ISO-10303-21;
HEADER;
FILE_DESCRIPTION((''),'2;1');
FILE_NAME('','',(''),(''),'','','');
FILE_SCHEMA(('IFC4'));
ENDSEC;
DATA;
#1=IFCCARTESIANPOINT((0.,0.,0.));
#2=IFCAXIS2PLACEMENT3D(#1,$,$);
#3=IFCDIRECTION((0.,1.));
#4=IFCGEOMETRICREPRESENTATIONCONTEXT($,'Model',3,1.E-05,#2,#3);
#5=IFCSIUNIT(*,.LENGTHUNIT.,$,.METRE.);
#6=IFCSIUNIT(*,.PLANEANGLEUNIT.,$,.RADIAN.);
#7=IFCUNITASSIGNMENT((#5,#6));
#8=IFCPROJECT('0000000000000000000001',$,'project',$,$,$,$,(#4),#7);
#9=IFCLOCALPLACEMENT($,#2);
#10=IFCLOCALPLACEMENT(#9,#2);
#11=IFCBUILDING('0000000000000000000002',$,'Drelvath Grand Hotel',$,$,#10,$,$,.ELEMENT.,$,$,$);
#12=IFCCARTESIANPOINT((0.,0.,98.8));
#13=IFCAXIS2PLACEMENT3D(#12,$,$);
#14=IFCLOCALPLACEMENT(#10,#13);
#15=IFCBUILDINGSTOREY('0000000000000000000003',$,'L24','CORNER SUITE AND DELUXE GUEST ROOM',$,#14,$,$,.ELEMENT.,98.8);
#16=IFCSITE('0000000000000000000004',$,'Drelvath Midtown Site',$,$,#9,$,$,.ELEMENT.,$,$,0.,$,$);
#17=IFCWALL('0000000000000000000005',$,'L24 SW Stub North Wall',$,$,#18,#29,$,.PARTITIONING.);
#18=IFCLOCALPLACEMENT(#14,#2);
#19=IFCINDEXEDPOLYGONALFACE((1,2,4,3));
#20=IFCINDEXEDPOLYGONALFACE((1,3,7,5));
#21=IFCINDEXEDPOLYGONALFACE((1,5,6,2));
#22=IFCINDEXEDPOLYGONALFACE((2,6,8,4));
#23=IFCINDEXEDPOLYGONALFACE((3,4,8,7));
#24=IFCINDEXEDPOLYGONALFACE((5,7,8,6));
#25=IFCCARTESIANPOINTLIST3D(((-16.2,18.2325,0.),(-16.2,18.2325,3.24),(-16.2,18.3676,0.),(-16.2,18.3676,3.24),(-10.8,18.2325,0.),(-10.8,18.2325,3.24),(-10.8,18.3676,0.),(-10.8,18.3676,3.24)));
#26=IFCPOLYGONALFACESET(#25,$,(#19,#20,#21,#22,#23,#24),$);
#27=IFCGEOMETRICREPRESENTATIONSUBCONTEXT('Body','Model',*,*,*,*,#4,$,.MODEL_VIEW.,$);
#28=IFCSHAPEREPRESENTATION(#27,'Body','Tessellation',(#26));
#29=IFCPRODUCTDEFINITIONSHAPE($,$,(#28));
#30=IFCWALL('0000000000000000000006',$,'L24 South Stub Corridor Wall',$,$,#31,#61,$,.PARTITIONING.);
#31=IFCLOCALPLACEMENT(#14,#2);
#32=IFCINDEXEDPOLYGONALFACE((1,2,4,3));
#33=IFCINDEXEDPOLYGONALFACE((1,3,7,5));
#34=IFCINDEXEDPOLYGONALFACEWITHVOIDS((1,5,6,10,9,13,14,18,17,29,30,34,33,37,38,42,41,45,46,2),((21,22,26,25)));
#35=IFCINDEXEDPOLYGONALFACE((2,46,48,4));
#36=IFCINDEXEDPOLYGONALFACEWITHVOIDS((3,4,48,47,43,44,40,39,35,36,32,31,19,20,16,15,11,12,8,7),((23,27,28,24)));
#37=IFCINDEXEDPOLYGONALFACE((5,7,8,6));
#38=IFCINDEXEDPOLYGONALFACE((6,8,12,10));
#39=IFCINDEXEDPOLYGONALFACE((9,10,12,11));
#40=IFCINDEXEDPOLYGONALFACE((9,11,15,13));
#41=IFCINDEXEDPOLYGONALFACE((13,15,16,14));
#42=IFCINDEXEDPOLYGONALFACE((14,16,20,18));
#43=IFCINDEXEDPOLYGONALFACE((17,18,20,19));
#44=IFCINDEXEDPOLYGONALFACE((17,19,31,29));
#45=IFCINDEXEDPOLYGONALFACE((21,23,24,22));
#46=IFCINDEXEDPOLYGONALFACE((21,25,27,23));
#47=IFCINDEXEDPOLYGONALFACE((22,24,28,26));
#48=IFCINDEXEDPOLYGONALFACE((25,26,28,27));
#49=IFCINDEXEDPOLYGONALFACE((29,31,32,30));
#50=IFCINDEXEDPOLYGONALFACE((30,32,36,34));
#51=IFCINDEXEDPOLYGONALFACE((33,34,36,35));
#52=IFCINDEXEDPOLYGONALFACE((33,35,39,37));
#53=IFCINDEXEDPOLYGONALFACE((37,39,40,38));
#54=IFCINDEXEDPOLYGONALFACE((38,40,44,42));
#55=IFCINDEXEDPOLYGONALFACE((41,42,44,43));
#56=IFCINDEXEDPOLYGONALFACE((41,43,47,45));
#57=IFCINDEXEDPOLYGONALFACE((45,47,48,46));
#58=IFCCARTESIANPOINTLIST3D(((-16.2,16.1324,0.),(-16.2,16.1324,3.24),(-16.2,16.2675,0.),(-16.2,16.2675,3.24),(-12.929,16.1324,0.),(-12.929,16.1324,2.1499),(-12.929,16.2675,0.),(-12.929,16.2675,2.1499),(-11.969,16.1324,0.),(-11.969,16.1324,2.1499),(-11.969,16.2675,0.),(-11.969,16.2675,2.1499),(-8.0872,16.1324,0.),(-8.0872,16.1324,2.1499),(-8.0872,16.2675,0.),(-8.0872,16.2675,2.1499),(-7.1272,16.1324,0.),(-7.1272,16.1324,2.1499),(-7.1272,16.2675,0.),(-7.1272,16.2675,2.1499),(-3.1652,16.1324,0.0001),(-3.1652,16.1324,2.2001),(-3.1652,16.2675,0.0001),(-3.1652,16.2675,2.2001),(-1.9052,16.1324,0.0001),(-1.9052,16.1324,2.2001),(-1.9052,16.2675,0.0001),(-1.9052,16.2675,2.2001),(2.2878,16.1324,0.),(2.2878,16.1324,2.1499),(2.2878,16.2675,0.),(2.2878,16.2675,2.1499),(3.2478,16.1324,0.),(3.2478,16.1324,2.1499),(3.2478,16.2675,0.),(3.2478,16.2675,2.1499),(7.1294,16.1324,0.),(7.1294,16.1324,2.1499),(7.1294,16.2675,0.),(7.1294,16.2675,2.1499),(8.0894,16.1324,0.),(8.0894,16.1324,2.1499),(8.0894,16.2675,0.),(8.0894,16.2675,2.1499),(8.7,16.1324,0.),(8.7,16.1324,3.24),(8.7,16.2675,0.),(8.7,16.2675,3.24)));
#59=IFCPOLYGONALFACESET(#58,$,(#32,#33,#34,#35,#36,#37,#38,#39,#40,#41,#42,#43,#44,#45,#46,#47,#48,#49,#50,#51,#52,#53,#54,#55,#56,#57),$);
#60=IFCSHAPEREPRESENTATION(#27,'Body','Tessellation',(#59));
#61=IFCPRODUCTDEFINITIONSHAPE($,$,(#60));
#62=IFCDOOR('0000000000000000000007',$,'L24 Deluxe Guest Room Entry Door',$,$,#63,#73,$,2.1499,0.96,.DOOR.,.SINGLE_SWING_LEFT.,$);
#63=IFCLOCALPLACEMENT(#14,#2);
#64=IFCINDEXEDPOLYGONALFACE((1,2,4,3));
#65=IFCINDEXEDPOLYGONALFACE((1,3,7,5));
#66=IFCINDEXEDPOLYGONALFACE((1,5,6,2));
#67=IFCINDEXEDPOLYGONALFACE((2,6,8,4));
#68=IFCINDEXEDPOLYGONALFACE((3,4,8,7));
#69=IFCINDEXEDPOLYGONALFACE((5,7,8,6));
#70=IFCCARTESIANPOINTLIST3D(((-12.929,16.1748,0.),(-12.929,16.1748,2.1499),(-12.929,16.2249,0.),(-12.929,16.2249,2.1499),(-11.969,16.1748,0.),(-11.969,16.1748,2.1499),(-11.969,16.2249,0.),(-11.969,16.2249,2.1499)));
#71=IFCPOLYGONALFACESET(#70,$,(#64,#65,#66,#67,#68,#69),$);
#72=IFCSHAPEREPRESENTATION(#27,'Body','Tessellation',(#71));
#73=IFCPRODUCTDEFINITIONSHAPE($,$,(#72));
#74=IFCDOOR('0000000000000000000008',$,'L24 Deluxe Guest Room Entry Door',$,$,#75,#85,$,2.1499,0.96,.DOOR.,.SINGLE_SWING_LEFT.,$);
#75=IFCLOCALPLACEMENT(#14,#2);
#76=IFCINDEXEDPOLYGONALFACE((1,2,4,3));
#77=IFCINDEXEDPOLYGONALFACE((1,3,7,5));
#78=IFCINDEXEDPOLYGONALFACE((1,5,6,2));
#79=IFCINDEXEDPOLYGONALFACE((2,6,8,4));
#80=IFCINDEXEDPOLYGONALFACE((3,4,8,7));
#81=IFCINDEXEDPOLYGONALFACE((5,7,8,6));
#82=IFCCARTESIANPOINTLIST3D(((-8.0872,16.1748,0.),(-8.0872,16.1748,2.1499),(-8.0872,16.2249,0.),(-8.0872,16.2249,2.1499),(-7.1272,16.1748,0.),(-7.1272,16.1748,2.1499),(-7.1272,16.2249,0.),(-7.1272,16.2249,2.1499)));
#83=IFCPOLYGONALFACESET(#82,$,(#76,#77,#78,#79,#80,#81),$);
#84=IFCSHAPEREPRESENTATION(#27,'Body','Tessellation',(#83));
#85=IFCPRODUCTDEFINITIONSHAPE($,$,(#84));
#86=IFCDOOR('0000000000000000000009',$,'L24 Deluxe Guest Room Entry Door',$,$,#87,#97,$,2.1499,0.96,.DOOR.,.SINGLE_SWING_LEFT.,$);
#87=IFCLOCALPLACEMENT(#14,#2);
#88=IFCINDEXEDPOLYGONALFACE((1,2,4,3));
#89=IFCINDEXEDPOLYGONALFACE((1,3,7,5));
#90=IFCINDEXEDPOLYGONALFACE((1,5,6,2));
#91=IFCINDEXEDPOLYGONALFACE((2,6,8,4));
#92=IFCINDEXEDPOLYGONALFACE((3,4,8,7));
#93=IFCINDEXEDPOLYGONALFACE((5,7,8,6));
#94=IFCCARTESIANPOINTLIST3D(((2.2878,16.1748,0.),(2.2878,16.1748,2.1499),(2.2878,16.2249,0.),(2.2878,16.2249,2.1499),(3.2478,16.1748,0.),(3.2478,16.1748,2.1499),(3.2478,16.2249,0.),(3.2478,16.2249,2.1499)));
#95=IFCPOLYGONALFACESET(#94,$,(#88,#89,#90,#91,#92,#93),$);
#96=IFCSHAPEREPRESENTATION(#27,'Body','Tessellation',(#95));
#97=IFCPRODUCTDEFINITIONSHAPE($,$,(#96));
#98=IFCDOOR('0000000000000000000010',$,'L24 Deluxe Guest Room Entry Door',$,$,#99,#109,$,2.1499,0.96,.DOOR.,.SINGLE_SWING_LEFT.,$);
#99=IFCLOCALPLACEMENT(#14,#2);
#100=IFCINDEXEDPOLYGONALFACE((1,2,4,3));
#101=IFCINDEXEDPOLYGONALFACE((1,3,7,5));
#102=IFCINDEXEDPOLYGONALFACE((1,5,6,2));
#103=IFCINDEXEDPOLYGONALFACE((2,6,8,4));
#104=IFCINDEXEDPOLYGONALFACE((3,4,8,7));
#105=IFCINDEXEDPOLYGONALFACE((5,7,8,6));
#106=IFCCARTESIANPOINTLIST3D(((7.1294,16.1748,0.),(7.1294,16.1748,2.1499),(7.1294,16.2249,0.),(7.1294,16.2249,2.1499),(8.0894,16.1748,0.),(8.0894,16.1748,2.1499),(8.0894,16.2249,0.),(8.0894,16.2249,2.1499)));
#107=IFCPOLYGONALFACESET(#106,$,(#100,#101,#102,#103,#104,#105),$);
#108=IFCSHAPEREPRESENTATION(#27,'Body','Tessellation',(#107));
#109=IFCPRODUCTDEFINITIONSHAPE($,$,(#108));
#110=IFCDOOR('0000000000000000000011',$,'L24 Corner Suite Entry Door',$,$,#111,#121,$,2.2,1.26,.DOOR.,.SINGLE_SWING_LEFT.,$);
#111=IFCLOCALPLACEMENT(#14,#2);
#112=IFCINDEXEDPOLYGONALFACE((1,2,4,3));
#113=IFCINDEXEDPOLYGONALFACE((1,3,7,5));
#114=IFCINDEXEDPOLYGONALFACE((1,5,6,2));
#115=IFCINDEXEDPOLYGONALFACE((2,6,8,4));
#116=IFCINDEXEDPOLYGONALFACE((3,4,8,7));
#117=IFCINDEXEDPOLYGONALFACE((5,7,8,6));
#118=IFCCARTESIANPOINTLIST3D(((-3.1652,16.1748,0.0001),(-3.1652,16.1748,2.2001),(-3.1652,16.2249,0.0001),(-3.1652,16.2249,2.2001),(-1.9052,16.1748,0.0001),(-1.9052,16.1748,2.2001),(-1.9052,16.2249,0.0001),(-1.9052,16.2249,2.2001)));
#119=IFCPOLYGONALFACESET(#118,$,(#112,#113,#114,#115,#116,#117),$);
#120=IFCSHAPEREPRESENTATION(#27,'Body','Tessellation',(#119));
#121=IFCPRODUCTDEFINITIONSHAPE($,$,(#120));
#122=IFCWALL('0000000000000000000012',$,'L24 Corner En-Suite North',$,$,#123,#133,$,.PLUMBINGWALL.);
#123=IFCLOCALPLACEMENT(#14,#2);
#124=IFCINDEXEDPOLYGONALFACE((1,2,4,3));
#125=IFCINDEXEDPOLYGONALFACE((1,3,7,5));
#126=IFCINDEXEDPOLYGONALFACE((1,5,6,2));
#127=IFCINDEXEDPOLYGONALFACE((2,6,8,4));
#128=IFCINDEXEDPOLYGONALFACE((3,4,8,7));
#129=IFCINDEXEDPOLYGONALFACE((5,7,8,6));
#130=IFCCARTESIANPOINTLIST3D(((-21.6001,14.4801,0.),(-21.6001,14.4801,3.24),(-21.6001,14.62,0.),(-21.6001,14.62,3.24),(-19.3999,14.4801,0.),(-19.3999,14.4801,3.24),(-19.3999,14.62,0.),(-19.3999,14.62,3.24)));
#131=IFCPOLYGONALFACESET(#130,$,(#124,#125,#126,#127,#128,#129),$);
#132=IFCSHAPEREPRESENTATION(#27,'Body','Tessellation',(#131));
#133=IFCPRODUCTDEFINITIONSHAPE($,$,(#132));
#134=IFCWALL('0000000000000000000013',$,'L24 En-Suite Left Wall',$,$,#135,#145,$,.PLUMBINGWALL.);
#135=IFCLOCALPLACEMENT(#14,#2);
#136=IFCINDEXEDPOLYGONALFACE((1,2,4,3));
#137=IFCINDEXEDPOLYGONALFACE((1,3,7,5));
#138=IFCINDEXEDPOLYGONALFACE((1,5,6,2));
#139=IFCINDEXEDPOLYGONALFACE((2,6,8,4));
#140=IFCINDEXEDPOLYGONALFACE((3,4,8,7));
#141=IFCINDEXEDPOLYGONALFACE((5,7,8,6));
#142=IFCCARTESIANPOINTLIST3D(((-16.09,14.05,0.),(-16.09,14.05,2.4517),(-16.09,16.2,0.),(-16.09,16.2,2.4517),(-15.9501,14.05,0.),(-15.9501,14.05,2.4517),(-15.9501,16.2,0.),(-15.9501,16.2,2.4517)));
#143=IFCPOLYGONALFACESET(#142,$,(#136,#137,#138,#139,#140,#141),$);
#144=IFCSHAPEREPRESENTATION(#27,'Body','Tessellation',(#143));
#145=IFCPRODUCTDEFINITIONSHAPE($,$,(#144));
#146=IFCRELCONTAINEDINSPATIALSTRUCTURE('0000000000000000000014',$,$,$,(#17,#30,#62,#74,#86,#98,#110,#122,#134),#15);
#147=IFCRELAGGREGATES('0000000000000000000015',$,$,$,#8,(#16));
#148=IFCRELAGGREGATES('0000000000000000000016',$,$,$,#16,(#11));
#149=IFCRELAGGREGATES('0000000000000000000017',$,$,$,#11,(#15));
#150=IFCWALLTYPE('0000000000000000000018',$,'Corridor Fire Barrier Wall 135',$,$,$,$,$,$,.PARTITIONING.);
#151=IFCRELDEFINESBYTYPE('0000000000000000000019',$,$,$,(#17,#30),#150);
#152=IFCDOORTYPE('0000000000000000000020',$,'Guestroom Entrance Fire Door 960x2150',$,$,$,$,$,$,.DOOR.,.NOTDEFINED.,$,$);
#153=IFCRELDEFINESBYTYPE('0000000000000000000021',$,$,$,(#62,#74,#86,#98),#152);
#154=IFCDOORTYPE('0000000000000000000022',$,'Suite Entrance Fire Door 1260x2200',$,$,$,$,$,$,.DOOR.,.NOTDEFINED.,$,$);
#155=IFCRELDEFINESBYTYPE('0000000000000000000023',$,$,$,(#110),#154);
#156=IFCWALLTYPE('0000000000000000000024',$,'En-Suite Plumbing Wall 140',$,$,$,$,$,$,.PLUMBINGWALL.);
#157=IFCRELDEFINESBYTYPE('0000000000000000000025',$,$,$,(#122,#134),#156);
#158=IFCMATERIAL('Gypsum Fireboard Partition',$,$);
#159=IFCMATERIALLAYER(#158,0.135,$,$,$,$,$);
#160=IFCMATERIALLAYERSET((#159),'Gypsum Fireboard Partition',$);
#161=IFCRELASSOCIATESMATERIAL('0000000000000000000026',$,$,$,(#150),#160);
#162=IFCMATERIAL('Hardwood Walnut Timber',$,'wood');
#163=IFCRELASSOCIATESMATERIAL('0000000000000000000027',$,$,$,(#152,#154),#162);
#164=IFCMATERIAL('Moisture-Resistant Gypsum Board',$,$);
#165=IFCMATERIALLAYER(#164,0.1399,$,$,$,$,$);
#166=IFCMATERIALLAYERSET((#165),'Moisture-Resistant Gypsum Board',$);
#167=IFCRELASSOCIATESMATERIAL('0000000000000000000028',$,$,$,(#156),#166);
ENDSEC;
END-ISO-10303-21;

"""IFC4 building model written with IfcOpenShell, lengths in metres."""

from ifc_helpers import new_model, si_unit, direction, frame, frame_2d, origin, place, context, subcontext, project, spatial, rectangle, extrude, material, layer, layer_set, type_object, element, fill, save


model = new_model("IFC4")

# Units and contexts
model_context = context("Model", 3, precision=1e-05, world=origin(), true_north=direction((0.0, 1.0)))
body_context = subcontext(model_context, "Body", "Model", "MODEL_VIEW")
ifc_project = project(units=[si_unit("LENGTHUNIT", "METRE"), si_unit("PLANEANGLEUNIT", "RADIAN")], contexts=[model_context])

# Site, building, storey
site_placement = place(None, origin())
site = spatial("IfcSite", under=ifc_project, at=site_placement, Name="Drelvath Midtown Site", CompositionType="ELEMENT", RefElevation=0.0)
building_placement = place(site_placement, origin())
building = spatial("IfcBuilding", under=site, at=building_placement, Name="Drelvath Grand Hotel", CompositionType="ELEMENT")
storey_placement = place(building_placement, frame((0.0, 0.0, 98.8)))
storey = spatial("IfcBuildingStorey", under=building, at=storey_placement, Name="L24", Description="CORNER SUITE AND DELUXE GUEST ROOM", CompositionType="ELEMENT", Elevation=98.8)

# Wall
ifc_material_1 = material(Name="Gypsum Fireboard Partition")
ifc_layer_1 = layer(ifc_material_1, 0.135)
ifc_layer_set_1 = layer_set([ifc_layer_1], Name="Gypsum Fireboard Partition")
wall_type_1 = type_object("IfcWallType", Name="Corridor Fire Barrier Wall 135", PredefinedType="PARTITIONING", material=ifc_layer_set_1)
wall_1_placement = place(storey_placement, frame((-16.2, 18.3, 0.0), z_axis=(0.0, 0.0, 1.0), x_axis=(1.0, 0.0, 0.0)))
element("IfcWall", 1, at=wall_1_placement, inside=storey, type_object=wall_type_1, Name="L24 SW Stub North Wall", PredefinedType="PARTITIONING", context=body_context, shape_type="SweptSolid", body=[
    extrude(rectangle(XDim=5.3999, YDim=0.135, at=frame_2d((2.7, 0.0))), origin(), (0.0, 0.0, 1.0), 3.24),
])

# Wall, openings, doors
wall_2_placement = place(storey_placement, frame((-16.2, 16.2, 0.0), z_axis=(0.0, 0.0, 1.0), x_axis=(1.0, 0.0, 0.0)))
wall_2 = element("IfcWall", 2, at=wall_2_placement, inside=storey, type_object=wall_type_1, Name="L24 South Stub Corridor Wall", PredefinedType="PARTITIONING", context=body_context, shape_type="SweptSolid", body=[
    extrude(rectangle(XDim=24.8999, YDim=0.135, at=frame_2d((12.45, 0.0))), origin(), (0.0, 0.0, 1.0), 3.24),
])
opening_1_placement = place(wall_2_placement, frame((3.271, 0.0, 0.0)))
opening_1 = element("IfcOpeningElement", 3, at=opening_1_placement, cuts=wall_2, PredefinedType="OPENING", context=body_context, shape_type="SweptSolid", body=[
    extrude(rectangle(XDim=0.96, YDim=2.1499, at=frame_2d((0.48, 1.075))), frame((0.0, 0.0774, 0.0), z_axis=(0.0, -1.0, 0.0), x_axis=(1.0, 0.0, 0.0)), (0.0, 0.0, 1.0), 0.155),
])
opening_2_placement = place(wall_2_placement, frame((8.1128, 0.0, 0.0)))
opening_2 = element("IfcOpeningElement", 4, at=opening_2_placement, cuts=wall_2, PredefinedType="OPENING", context=body_context, shape_type="SweptSolid", body=[
    extrude(rectangle(XDim=0.96, YDim=2.1499, at=frame_2d((0.48, 1.075))), frame((0.0, 0.0774, 0.0), z_axis=(0.0, -1.0, 0.0), x_axis=(1.0, 0.0, 0.0)), (0.0, 0.0, 1.0), 0.155),
])
opening_3_placement = place(wall_2_placement, frame((13.0349, 0.0, 0.0)))
opening_3 = element("IfcOpeningElement", 5, at=opening_3_placement, cuts=wall_2, PredefinedType="OPENING", context=body_context, shape_type="SweptSolid", body=[
    extrude(rectangle(XDim=1.26, YDim=2.2, at=frame_2d((0.6299, 1.1001))), frame((0.0, 0.0774, 0.0), z_axis=(0.0, -1.0, 0.0), x_axis=(1.0, 0.0, 0.0)), (0.0, 0.0, 1.0), 0.155),
])
opening_4_placement = place(wall_2_placement, frame((18.4878, 0.0, 0.0)))
opening_4 = element("IfcOpeningElement", 6, at=opening_4_placement, cuts=wall_2, PredefinedType="OPENING", context=body_context, shape_type="SweptSolid", body=[
    extrude(rectangle(XDim=0.96, YDim=2.1499, at=frame_2d((0.48, 1.075))), frame((0.0, 0.0774, 0.0), z_axis=(0.0, -1.0, 0.0), x_axis=(1.0, 0.0, 0.0)), (0.0, 0.0, 1.0), 0.155),
])
opening_5_placement = place(wall_2_placement, frame((23.3293, 0.0, 0.0)))
opening_5 = element("IfcOpeningElement", 7, at=opening_5_placement, cuts=wall_2, PredefinedType="OPENING", context=body_context, shape_type="SweptSolid", body=[
    extrude(rectangle(XDim=0.96, YDim=2.1499, at=frame_2d((0.48, 1.075))), frame((0.0, 0.0774, 0.0), z_axis=(0.0, -1.0, 0.0), x_axis=(1.0, 0.0, 0.0)), (0.0, 0.0, 1.0), 0.155),
])
ifc_material_2 = material(Name="Hardwood Walnut Timber", Category="wood")
door_type_1 = type_object("IfcDoorType", Name="Guestroom Entrance Fire Door 960x2150", OperationType="NOTDEFINED", PredefinedType="DOOR", material=ifc_material_2)
door_1_placement = place(opening_1_placement, origin())
door_1 = element("IfcDoor", 8, at=door_1_placement, inside=storey, type_object=door_type_1, Name="L24 Deluxe Guest Room Entry Door", OperationType="SINGLE_SWING_LEFT", OverallHeight=2.1499, OverallWidth=0.96, PredefinedType="DOOR", context=body_context, shape_type="SweptSolid", body=[
    extrude(rectangle(XDim=0.96, YDim=2.1499, at=frame_2d((0.48, 1.075))), frame((0.0, 0.0249, 0.0), z_axis=(0.0, -1.0, 0.0), x_axis=(1.0, 0.0, 0.0)), (0.0, 0.0, 1.0), 0.05),
])
fill(opening_1, door_1)
door_2_placement = place(opening_2_placement, origin())
door_2 = element("IfcDoor", 9, at=door_2_placement, inside=storey, type_object=door_type_1, Name="L24 Deluxe Guest Room Entry Door", OperationType="SINGLE_SWING_LEFT", OverallHeight=2.1499, OverallWidth=0.96, PredefinedType="DOOR", context=body_context, shape_type="SweptSolid", body=[
    extrude(rectangle(XDim=0.96, YDim=2.1499, at=frame_2d((0.48, 1.075))), frame((0.0, 0.0249, 0.0), z_axis=(0.0, -1.0, 0.0), x_axis=(1.0, 0.0, 0.0)), (0.0, 0.0, 1.0), 0.05),
])
fill(opening_2, door_2)
door_3_placement = place(opening_4_placement, origin())
door_3 = element("IfcDoor", 10, at=door_3_placement, inside=storey, type_object=door_type_1, Name="L24 Deluxe Guest Room Entry Door", OperationType="SINGLE_SWING_LEFT", OverallHeight=2.1499, OverallWidth=0.96, PredefinedType="DOOR", context=body_context, shape_type="SweptSolid", body=[
    extrude(rectangle(XDim=0.96, YDim=2.1499, at=frame_2d((0.48, 1.075))), frame((0.0, 0.0249, 0.0), z_axis=(0.0, -1.0, 0.0), x_axis=(1.0, 0.0, 0.0)), (0.0, 0.0, 1.0), 0.05),
])
fill(opening_4, door_3)
door_4_placement = place(opening_5_placement, origin())
door_4 = element("IfcDoor", 11, at=door_4_placement, inside=storey, type_object=door_type_1, Name="L24 Deluxe Guest Room Entry Door", OperationType="SINGLE_SWING_LEFT", OverallHeight=2.1499, OverallWidth=0.96, PredefinedType="DOOR", context=body_context, shape_type="SweptSolid", body=[
    extrude(rectangle(XDim=0.96, YDim=2.1499, at=frame_2d((0.48, 1.075))), frame((0.0, 0.0249, 0.0), z_axis=(0.0, -1.0, 0.0), x_axis=(1.0, 0.0, 0.0)), (0.0, 0.0, 1.0), 0.05),
])
fill(opening_5, door_4)
door_type_2 = type_object("IfcDoorType", Name="Suite Entrance Fire Door 1260x2200", OperationType="NOTDEFINED", PredefinedType="DOOR", material=ifc_material_2)
door_5_placement = place(opening_3_placement, origin())
door_5 = element("IfcDoor", 12, at=door_5_placement, inside=storey, type_object=door_type_2, Name="L24 Corner Suite Entry Door", OperationType="SINGLE_SWING_LEFT", OverallHeight=2.2, OverallWidth=1.26, PredefinedType="DOOR", context=body_context, shape_type="SweptSolid", body=[
    extrude(rectangle(XDim=1.26, YDim=2.2, at=frame_2d((0.6299, 1.1001))), frame((0.0, 0.0249, 0.0), z_axis=(0.0, -1.0, 0.0), x_axis=(1.0, 0.0, 0.0)), (0.0, 0.0, 1.0), 0.05),
])
fill(opening_3, door_5)

# Walls
ifc_material_3 = material(Name="Moisture-Resistant Gypsum Board")
ifc_layer_2 = layer(ifc_material_3, 0.1399)
ifc_layer_set_2 = layer_set([ifc_layer_2], Name="Moisture-Resistant Gypsum Board")
wall_type_2 = type_object("IfcWallType", Name="En-Suite Plumbing Wall 140", PredefinedType="PLUMBINGWALL", material=ifc_layer_set_2)
wall_3_placement = place(storey_placement, frame((-21.6001, 14.55, 0.0), z_axis=(0.0, 0.0, 1.0), x_axis=(1.0, 0.0, 0.0)))
element("IfcWall", 13, at=wall_3_placement, inside=storey, type_object=wall_type_2, Name="L24 Corner En-Suite North", PredefinedType="PLUMBINGWALL", context=body_context, shape_type="SweptSolid", body=[
    extrude(rectangle(XDim=2.2002, YDim=0.1399, at=frame_2d((1.1001, 0.0))), origin(), (0.0, 0.0, 1.0), 3.24),
])
wall_4_placement = place(storey_placement, frame((-16.02, 16.2, 0.0), z_axis=(0.0, 0.0, 1.0), x_axis=(0.0, -1.0, 0.0)))
element("IfcWall", 14, at=wall_4_placement, inside=storey, type_object=wall_type_2, Name="L24 En-Suite Left Wall", PredefinedType="PLUMBINGWALL", context=body_context, shape_type="SweptSolid", body=[
    extrude(rectangle(XDim=2.1499, YDim=0.1399, at=frame_2d((1.075, 0.0))), origin(), (0.0, 0.0, 1.0), 2.4517),
])

save(model, "model.ifc")
